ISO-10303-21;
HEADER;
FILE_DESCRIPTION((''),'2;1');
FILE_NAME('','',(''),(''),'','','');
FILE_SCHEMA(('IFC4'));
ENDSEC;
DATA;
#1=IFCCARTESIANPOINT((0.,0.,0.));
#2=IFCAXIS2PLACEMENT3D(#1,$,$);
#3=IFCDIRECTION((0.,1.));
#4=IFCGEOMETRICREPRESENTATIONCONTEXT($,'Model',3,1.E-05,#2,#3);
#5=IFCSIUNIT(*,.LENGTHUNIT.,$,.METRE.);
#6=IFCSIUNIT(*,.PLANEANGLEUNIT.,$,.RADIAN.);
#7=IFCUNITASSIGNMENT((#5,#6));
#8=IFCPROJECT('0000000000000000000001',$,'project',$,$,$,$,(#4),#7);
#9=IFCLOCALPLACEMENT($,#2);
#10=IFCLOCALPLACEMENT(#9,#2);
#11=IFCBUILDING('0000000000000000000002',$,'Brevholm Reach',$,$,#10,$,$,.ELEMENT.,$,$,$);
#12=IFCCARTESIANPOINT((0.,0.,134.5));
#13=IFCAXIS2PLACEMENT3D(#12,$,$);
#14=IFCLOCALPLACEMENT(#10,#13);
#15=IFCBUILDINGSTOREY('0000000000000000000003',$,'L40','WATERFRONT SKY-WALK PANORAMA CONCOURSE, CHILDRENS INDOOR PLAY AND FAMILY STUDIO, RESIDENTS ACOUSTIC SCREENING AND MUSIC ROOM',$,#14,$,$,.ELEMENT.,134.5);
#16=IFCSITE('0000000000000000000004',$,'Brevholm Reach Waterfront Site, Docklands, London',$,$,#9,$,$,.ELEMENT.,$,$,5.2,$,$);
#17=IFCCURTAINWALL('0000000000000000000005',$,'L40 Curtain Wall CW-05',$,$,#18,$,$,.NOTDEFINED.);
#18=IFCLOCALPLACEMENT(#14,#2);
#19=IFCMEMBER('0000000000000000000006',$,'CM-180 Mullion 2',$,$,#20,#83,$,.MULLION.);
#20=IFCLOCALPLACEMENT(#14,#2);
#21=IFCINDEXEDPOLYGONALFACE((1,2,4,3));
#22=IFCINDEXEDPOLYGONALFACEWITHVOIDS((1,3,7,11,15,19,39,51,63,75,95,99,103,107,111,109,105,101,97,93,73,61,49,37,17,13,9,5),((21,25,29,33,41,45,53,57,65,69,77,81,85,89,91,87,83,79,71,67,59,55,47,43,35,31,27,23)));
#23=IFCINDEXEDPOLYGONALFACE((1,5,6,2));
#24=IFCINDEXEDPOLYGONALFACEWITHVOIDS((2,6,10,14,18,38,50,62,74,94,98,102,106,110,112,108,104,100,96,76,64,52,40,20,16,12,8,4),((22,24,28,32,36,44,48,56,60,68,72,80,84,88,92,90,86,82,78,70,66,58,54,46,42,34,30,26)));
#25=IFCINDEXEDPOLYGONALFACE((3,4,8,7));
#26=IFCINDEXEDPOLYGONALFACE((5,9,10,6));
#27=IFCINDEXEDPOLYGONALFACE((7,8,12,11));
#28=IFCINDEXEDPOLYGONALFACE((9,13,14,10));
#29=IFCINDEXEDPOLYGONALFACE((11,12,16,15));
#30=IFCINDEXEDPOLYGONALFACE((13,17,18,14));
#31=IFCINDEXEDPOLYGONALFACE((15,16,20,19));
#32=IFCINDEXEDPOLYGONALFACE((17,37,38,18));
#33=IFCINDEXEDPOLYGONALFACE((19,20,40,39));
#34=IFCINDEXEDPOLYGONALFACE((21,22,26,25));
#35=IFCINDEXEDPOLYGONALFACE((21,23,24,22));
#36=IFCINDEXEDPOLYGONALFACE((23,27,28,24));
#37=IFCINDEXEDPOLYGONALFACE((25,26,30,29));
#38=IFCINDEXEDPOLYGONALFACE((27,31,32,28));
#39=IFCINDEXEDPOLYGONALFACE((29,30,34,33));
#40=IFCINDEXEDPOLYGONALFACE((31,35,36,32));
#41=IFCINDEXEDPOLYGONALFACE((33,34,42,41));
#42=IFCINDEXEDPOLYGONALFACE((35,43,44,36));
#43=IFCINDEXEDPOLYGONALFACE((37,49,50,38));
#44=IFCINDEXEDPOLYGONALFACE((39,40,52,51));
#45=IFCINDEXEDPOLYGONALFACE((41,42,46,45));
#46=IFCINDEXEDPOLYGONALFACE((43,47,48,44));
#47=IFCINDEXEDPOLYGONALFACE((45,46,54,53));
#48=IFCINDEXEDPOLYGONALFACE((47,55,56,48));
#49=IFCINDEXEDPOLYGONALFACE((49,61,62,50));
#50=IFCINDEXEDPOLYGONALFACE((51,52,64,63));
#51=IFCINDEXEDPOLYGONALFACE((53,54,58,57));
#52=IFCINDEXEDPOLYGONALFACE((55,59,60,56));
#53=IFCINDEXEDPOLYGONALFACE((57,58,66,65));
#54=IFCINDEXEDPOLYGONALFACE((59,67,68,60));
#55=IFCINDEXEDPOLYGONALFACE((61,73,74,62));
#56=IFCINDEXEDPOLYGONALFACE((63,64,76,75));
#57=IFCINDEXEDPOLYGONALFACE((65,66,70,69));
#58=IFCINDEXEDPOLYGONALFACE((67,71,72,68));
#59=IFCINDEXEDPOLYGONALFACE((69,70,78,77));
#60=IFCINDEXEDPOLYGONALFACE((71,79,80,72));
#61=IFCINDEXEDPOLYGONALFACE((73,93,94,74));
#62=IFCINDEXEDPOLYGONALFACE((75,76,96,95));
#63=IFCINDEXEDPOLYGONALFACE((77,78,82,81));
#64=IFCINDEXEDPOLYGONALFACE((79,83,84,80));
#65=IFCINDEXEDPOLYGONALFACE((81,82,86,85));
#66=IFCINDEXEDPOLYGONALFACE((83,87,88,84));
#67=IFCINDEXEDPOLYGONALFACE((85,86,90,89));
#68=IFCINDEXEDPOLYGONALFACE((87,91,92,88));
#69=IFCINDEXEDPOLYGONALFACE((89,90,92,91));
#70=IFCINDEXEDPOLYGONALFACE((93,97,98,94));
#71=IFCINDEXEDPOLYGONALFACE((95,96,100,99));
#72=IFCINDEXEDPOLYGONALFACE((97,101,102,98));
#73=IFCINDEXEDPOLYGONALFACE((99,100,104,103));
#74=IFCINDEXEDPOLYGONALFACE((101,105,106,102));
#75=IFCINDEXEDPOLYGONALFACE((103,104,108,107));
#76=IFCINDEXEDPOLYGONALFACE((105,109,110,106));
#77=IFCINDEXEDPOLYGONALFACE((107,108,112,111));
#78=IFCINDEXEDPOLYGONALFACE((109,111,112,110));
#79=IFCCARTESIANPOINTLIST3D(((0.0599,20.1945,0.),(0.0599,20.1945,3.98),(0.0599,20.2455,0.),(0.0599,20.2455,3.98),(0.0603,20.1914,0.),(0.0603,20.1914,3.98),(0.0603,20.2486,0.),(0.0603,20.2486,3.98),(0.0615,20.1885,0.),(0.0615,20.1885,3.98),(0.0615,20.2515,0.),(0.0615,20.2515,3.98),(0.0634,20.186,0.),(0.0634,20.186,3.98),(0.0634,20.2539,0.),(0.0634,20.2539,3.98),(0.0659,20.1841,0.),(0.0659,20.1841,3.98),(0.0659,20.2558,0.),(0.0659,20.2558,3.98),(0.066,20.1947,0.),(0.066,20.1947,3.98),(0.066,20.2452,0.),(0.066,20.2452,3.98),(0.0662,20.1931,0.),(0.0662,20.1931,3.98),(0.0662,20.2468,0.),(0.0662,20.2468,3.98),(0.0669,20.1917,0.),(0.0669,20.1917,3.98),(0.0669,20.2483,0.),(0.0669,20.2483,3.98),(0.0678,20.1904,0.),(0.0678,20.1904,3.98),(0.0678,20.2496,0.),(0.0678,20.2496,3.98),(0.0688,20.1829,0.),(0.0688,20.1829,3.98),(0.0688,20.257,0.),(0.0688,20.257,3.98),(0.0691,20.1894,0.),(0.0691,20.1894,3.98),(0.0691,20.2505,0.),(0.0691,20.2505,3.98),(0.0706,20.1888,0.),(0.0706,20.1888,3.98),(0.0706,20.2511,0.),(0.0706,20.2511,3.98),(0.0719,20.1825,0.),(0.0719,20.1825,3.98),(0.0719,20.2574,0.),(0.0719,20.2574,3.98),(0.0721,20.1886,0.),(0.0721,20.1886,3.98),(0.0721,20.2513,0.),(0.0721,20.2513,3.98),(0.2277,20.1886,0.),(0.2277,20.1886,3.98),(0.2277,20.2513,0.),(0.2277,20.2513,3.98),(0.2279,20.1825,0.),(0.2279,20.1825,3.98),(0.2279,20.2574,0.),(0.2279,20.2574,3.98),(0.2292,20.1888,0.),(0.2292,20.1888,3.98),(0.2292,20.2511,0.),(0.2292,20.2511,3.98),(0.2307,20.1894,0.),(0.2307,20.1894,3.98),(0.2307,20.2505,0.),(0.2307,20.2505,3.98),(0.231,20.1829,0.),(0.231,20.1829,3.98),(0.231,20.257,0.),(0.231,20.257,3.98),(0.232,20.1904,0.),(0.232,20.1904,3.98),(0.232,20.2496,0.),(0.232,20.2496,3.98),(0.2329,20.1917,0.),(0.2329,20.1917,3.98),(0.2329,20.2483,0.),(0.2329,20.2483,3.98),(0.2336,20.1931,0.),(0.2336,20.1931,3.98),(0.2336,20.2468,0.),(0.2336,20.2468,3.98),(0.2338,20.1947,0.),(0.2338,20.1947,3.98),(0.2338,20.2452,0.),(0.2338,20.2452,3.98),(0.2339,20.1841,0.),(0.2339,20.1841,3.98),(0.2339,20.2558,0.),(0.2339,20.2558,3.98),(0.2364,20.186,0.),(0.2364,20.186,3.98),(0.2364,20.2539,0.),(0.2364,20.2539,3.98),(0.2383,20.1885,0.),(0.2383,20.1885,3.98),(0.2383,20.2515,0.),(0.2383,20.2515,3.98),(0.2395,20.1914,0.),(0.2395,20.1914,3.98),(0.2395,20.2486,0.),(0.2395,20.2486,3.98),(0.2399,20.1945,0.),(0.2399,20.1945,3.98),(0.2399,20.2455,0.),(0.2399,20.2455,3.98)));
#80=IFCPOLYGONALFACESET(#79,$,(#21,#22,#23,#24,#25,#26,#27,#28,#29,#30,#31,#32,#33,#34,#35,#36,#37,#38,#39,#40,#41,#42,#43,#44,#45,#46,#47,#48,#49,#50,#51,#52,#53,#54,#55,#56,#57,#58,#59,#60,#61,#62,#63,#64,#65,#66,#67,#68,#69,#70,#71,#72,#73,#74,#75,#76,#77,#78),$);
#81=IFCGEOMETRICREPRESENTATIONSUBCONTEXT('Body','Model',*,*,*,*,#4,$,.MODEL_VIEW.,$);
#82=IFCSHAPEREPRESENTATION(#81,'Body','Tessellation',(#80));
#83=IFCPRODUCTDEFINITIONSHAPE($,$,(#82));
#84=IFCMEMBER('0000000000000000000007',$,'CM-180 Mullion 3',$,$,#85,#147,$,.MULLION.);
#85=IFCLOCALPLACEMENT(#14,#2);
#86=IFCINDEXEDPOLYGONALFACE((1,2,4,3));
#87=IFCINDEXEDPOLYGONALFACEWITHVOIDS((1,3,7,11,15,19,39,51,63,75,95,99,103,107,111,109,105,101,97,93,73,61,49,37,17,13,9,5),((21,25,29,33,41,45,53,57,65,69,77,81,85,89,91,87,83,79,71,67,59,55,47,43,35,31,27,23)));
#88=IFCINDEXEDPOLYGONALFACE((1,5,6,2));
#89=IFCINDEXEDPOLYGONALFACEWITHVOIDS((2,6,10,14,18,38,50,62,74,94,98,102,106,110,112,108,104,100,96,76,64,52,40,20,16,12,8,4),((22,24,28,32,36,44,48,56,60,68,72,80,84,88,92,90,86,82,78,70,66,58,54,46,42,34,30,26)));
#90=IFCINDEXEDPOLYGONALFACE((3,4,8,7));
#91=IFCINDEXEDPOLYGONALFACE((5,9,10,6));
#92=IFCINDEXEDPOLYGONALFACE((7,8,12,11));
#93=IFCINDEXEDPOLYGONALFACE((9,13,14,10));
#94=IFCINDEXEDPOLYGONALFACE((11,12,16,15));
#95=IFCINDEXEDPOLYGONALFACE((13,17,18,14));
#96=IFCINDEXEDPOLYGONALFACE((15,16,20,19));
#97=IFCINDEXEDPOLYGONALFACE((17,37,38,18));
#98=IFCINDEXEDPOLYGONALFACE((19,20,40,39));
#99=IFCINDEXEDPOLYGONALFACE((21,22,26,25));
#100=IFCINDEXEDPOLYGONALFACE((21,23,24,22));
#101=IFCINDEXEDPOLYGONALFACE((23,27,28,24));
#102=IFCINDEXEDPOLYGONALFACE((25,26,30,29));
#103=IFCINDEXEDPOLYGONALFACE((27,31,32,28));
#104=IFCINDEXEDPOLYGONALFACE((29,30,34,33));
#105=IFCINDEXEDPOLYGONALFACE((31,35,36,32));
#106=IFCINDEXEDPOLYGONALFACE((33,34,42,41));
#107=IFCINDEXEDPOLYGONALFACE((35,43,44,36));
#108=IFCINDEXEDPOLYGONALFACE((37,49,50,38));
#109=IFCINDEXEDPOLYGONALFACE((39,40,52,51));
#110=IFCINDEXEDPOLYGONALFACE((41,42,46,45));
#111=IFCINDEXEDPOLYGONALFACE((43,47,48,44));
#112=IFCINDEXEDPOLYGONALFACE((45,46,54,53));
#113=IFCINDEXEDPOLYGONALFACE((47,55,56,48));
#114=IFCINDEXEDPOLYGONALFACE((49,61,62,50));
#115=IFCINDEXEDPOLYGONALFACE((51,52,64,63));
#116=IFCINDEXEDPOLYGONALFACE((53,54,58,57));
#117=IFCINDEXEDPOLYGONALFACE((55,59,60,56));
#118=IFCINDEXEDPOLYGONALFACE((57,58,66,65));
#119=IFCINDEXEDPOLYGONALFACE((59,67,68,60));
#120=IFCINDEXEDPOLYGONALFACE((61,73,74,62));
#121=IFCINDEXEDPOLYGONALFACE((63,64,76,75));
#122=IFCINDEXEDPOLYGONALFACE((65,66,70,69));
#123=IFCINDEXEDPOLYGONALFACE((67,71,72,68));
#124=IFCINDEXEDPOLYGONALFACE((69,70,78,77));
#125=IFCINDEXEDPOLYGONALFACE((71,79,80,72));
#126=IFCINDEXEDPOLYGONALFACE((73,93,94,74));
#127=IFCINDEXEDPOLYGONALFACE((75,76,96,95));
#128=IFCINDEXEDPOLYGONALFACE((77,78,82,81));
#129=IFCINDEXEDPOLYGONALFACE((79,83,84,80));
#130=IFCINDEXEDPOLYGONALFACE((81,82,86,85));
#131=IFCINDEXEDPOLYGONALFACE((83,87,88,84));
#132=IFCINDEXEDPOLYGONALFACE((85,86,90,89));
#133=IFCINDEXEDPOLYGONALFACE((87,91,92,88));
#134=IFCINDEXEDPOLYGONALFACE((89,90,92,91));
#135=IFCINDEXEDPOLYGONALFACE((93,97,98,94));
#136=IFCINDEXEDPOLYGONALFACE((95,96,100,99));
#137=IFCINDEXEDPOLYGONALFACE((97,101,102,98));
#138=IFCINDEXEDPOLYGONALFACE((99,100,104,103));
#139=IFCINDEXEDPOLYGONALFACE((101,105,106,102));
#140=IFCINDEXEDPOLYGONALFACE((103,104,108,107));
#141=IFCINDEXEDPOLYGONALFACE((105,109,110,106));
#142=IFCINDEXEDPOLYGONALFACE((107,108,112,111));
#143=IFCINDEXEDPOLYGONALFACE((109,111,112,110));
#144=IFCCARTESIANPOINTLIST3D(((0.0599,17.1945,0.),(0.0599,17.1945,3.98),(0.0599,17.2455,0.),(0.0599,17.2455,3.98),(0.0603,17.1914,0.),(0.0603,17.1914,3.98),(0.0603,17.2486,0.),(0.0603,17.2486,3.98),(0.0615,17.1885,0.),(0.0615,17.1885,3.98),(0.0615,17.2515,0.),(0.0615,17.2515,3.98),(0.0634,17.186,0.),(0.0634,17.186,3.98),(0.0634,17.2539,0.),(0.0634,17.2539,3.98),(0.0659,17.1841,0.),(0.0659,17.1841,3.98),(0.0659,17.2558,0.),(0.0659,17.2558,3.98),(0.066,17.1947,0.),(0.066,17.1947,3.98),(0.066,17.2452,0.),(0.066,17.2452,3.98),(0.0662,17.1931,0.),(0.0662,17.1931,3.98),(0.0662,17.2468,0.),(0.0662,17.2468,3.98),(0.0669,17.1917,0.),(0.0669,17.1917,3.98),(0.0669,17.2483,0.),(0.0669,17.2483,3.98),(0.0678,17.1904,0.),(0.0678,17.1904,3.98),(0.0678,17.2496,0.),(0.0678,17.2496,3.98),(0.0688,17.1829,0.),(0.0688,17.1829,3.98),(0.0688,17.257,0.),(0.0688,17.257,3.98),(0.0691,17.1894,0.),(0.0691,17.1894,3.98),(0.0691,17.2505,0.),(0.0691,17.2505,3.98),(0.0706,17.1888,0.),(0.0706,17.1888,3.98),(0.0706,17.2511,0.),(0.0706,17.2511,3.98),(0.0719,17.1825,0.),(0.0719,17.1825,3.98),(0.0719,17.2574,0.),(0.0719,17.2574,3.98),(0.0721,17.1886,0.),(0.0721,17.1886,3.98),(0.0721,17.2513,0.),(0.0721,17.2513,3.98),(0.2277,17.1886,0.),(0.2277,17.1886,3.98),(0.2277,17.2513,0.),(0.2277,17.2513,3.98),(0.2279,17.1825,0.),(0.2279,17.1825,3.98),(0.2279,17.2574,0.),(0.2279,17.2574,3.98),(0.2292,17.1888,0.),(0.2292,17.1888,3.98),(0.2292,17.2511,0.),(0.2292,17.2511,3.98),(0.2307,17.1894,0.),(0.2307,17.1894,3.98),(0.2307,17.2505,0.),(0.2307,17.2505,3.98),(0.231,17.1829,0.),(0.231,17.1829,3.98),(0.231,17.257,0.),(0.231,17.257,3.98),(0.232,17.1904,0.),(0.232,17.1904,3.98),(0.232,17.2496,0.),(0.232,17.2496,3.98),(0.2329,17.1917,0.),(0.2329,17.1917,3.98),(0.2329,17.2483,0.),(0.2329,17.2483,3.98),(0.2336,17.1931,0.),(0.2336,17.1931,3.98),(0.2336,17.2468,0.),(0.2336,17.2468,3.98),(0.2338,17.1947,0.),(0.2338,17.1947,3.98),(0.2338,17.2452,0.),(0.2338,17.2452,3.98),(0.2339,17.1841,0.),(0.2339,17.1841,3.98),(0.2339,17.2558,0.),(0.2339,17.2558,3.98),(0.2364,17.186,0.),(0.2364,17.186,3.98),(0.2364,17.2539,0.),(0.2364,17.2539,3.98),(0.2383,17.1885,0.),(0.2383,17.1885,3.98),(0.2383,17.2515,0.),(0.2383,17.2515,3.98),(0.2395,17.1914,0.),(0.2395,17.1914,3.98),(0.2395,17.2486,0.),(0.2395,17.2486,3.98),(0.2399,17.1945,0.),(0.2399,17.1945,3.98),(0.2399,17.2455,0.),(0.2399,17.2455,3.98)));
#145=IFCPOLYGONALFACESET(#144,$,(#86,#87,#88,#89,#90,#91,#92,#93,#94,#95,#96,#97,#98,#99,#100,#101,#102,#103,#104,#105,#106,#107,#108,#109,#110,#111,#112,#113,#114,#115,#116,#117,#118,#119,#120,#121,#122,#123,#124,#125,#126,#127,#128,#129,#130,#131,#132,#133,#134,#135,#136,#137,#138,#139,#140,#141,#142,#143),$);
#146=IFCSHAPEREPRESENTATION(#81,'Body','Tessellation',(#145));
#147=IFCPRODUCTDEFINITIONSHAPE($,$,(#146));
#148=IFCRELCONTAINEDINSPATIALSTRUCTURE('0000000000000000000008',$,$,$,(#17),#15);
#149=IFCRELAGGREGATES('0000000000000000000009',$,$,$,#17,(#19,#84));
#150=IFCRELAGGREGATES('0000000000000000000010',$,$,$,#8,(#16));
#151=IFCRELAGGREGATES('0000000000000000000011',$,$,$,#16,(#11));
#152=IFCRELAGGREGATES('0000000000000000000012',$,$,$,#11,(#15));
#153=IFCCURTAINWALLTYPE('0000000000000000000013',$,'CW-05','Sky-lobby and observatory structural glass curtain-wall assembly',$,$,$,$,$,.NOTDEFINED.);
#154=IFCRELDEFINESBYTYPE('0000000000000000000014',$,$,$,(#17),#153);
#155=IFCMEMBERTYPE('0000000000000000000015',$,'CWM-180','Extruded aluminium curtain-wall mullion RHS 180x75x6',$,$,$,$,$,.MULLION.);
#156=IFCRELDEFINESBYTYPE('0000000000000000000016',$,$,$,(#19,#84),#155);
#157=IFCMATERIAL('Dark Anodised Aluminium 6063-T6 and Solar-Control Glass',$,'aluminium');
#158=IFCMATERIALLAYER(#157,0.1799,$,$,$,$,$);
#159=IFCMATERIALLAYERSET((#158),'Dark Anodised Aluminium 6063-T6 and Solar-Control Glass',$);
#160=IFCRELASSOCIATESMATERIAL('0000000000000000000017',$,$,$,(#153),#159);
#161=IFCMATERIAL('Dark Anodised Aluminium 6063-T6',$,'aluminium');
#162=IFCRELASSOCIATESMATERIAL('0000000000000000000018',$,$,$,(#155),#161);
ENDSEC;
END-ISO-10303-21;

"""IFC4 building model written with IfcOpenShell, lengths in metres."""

from ifc_helpers import new_model, si_unit, direction, frame, origin, origin_2d, place, context, subcontext, project, spatial, hollow_rectangle, extrude, material, layer, layer_set, material_profile, profile_set, type_object, element, aggregate, save


model = new_model("IFC4")

# Units and contexts
model_context = context("Model", 3, precision=1e-05, world=origin(), true_north=direction((0.0, 1.0)))
body_context = subcontext(model_context, "Body", "Model", "MODEL_VIEW")
ifc_project = project(units=[si_unit("LENGTHUNIT", "METRE"), si_unit("PLANEANGLEUNIT", "RADIAN")], contexts=[model_context])

# Site, building, storey
site_placement = place(None, origin())
site = spatial("IfcSite", under=ifc_project, at=site_placement, Name="Brevholm Reach Waterfront Site, Docklands, London", CompositionType="ELEMENT", RefElevation=5.2)
building_placement = place(site_placement, origin())
building = spatial("IfcBuilding", under=site, at=building_placement, Name="Brevholm Reach", CompositionType="ELEMENT")
storey_placement = place(building_placement, frame((0.0, 0.0, 134.5)))
storey = spatial("IfcBuildingStorey", under=building, at=storey_placement, Name="L40", Description="WATERFRONT SKY-WALK PANORAMA CONCOURSE, CHILDRENS INDOOR PLAY AND FAMILY STUDIO, RESIDENTS ACOUSTIC SCREENING AND MUSIC ROOM", CompositionType="ELEMENT", Elevation=134.5)

# Curtain wall, members
ifc_material_1 = material(Name="Dark Anodised Aluminium 6063-T6 and Solar-Control Glass", Category="aluminium")
ifc_layer_1 = layer(ifc_material_1, 0.1799)
ifc_layer_set_1 = layer_set([ifc_layer_1], Name="Dark Anodised Aluminium 6063-T6 and Solar-Control Glass")
curtain_wall_type = type_object("IfcCurtainWallType", Name="CW-05", Description="Sky-lobby and observatory structural glass curtain-wall assembly", PredefinedType="NOTDEFINED", material=ifc_layer_set_1)
curtain_wall_placement = place(storey_placement, origin())
curtain_wall = element("IfcCurtainWall", 1, at=curtain_wall_placement, inside=storey, type_object=curtain_wall_type, Name="L40 Curtain Wall CW-05", PredefinedType="NOTDEFINED")
ifc_material_2 = material(Name="Dark Anodised Aluminium 6063-T6", Category="aluminium")
ifc_material_profile_1 = material_profile(ifc_material_2, hollow_rectangle(XDim=0.075, YDim=0.1799, WallThickness=0.0061, InnerFilletRadius=0.0061, OuterFilletRadius=0.012, at=origin_2d()), Name="RHS 180x75x6")
ifc_profile_set_1 = profile_set([ifc_material_profile_1], Name="Dark Anodised Aluminium 6063-T6")
member_type_1 = type_object("IfcMemberType", Name="CWM-180", Description="Extruded aluminium curtain-wall mullion RHS 180x75x6", PredefinedType="MULLION", material=ifc_profile_set_1)
member_1_placement = place(storey_placement, frame((0.1499, 20.22, 0.0), z_axis=(0.0, 0.0, 1.0), x_axis=(0.0, -1.0, 0.0)))
member_1 = element("IfcMember", 2, at=member_1_placement, type_object=member_type_1, Name="CM-180 Mullion 2", PredefinedType="MULLION", context=body_context, shape_type="SweptSolid", body=[
    extrude(hollow_rectangle(XDim=0.075, YDim=0.1799, WallThickness=0.0061, InnerFilletRadius=0.0061, OuterFilletRadius=0.012, at=origin_2d()), origin(), (0.0, 0.0, 1.0), 3.98),
])
member_2_placement = place(storey_placement, frame((0.1499, 17.22, 0.0), z_axis=(0.0, 0.0, 1.0), x_axis=(0.0, -1.0, 0.0)))
member_2 = element("IfcMember", 3, at=member_2_placement, type_object=member_type_1, Name="CM-180 Mullion 3", PredefinedType="MULLION", context=body_context, shape_type="SweptSolid", body=[
    extrude(hollow_rectangle(XDim=0.075, YDim=0.1799, WallThickness=0.0061, InnerFilletRadius=0.0061, OuterFilletRadius=0.012, at=origin_2d()), origin(), (0.0, 0.0, 1.0), 3.98),
])
aggregate(curtain_wall, [member_1, member_2])

save(model, "model.ifc")
